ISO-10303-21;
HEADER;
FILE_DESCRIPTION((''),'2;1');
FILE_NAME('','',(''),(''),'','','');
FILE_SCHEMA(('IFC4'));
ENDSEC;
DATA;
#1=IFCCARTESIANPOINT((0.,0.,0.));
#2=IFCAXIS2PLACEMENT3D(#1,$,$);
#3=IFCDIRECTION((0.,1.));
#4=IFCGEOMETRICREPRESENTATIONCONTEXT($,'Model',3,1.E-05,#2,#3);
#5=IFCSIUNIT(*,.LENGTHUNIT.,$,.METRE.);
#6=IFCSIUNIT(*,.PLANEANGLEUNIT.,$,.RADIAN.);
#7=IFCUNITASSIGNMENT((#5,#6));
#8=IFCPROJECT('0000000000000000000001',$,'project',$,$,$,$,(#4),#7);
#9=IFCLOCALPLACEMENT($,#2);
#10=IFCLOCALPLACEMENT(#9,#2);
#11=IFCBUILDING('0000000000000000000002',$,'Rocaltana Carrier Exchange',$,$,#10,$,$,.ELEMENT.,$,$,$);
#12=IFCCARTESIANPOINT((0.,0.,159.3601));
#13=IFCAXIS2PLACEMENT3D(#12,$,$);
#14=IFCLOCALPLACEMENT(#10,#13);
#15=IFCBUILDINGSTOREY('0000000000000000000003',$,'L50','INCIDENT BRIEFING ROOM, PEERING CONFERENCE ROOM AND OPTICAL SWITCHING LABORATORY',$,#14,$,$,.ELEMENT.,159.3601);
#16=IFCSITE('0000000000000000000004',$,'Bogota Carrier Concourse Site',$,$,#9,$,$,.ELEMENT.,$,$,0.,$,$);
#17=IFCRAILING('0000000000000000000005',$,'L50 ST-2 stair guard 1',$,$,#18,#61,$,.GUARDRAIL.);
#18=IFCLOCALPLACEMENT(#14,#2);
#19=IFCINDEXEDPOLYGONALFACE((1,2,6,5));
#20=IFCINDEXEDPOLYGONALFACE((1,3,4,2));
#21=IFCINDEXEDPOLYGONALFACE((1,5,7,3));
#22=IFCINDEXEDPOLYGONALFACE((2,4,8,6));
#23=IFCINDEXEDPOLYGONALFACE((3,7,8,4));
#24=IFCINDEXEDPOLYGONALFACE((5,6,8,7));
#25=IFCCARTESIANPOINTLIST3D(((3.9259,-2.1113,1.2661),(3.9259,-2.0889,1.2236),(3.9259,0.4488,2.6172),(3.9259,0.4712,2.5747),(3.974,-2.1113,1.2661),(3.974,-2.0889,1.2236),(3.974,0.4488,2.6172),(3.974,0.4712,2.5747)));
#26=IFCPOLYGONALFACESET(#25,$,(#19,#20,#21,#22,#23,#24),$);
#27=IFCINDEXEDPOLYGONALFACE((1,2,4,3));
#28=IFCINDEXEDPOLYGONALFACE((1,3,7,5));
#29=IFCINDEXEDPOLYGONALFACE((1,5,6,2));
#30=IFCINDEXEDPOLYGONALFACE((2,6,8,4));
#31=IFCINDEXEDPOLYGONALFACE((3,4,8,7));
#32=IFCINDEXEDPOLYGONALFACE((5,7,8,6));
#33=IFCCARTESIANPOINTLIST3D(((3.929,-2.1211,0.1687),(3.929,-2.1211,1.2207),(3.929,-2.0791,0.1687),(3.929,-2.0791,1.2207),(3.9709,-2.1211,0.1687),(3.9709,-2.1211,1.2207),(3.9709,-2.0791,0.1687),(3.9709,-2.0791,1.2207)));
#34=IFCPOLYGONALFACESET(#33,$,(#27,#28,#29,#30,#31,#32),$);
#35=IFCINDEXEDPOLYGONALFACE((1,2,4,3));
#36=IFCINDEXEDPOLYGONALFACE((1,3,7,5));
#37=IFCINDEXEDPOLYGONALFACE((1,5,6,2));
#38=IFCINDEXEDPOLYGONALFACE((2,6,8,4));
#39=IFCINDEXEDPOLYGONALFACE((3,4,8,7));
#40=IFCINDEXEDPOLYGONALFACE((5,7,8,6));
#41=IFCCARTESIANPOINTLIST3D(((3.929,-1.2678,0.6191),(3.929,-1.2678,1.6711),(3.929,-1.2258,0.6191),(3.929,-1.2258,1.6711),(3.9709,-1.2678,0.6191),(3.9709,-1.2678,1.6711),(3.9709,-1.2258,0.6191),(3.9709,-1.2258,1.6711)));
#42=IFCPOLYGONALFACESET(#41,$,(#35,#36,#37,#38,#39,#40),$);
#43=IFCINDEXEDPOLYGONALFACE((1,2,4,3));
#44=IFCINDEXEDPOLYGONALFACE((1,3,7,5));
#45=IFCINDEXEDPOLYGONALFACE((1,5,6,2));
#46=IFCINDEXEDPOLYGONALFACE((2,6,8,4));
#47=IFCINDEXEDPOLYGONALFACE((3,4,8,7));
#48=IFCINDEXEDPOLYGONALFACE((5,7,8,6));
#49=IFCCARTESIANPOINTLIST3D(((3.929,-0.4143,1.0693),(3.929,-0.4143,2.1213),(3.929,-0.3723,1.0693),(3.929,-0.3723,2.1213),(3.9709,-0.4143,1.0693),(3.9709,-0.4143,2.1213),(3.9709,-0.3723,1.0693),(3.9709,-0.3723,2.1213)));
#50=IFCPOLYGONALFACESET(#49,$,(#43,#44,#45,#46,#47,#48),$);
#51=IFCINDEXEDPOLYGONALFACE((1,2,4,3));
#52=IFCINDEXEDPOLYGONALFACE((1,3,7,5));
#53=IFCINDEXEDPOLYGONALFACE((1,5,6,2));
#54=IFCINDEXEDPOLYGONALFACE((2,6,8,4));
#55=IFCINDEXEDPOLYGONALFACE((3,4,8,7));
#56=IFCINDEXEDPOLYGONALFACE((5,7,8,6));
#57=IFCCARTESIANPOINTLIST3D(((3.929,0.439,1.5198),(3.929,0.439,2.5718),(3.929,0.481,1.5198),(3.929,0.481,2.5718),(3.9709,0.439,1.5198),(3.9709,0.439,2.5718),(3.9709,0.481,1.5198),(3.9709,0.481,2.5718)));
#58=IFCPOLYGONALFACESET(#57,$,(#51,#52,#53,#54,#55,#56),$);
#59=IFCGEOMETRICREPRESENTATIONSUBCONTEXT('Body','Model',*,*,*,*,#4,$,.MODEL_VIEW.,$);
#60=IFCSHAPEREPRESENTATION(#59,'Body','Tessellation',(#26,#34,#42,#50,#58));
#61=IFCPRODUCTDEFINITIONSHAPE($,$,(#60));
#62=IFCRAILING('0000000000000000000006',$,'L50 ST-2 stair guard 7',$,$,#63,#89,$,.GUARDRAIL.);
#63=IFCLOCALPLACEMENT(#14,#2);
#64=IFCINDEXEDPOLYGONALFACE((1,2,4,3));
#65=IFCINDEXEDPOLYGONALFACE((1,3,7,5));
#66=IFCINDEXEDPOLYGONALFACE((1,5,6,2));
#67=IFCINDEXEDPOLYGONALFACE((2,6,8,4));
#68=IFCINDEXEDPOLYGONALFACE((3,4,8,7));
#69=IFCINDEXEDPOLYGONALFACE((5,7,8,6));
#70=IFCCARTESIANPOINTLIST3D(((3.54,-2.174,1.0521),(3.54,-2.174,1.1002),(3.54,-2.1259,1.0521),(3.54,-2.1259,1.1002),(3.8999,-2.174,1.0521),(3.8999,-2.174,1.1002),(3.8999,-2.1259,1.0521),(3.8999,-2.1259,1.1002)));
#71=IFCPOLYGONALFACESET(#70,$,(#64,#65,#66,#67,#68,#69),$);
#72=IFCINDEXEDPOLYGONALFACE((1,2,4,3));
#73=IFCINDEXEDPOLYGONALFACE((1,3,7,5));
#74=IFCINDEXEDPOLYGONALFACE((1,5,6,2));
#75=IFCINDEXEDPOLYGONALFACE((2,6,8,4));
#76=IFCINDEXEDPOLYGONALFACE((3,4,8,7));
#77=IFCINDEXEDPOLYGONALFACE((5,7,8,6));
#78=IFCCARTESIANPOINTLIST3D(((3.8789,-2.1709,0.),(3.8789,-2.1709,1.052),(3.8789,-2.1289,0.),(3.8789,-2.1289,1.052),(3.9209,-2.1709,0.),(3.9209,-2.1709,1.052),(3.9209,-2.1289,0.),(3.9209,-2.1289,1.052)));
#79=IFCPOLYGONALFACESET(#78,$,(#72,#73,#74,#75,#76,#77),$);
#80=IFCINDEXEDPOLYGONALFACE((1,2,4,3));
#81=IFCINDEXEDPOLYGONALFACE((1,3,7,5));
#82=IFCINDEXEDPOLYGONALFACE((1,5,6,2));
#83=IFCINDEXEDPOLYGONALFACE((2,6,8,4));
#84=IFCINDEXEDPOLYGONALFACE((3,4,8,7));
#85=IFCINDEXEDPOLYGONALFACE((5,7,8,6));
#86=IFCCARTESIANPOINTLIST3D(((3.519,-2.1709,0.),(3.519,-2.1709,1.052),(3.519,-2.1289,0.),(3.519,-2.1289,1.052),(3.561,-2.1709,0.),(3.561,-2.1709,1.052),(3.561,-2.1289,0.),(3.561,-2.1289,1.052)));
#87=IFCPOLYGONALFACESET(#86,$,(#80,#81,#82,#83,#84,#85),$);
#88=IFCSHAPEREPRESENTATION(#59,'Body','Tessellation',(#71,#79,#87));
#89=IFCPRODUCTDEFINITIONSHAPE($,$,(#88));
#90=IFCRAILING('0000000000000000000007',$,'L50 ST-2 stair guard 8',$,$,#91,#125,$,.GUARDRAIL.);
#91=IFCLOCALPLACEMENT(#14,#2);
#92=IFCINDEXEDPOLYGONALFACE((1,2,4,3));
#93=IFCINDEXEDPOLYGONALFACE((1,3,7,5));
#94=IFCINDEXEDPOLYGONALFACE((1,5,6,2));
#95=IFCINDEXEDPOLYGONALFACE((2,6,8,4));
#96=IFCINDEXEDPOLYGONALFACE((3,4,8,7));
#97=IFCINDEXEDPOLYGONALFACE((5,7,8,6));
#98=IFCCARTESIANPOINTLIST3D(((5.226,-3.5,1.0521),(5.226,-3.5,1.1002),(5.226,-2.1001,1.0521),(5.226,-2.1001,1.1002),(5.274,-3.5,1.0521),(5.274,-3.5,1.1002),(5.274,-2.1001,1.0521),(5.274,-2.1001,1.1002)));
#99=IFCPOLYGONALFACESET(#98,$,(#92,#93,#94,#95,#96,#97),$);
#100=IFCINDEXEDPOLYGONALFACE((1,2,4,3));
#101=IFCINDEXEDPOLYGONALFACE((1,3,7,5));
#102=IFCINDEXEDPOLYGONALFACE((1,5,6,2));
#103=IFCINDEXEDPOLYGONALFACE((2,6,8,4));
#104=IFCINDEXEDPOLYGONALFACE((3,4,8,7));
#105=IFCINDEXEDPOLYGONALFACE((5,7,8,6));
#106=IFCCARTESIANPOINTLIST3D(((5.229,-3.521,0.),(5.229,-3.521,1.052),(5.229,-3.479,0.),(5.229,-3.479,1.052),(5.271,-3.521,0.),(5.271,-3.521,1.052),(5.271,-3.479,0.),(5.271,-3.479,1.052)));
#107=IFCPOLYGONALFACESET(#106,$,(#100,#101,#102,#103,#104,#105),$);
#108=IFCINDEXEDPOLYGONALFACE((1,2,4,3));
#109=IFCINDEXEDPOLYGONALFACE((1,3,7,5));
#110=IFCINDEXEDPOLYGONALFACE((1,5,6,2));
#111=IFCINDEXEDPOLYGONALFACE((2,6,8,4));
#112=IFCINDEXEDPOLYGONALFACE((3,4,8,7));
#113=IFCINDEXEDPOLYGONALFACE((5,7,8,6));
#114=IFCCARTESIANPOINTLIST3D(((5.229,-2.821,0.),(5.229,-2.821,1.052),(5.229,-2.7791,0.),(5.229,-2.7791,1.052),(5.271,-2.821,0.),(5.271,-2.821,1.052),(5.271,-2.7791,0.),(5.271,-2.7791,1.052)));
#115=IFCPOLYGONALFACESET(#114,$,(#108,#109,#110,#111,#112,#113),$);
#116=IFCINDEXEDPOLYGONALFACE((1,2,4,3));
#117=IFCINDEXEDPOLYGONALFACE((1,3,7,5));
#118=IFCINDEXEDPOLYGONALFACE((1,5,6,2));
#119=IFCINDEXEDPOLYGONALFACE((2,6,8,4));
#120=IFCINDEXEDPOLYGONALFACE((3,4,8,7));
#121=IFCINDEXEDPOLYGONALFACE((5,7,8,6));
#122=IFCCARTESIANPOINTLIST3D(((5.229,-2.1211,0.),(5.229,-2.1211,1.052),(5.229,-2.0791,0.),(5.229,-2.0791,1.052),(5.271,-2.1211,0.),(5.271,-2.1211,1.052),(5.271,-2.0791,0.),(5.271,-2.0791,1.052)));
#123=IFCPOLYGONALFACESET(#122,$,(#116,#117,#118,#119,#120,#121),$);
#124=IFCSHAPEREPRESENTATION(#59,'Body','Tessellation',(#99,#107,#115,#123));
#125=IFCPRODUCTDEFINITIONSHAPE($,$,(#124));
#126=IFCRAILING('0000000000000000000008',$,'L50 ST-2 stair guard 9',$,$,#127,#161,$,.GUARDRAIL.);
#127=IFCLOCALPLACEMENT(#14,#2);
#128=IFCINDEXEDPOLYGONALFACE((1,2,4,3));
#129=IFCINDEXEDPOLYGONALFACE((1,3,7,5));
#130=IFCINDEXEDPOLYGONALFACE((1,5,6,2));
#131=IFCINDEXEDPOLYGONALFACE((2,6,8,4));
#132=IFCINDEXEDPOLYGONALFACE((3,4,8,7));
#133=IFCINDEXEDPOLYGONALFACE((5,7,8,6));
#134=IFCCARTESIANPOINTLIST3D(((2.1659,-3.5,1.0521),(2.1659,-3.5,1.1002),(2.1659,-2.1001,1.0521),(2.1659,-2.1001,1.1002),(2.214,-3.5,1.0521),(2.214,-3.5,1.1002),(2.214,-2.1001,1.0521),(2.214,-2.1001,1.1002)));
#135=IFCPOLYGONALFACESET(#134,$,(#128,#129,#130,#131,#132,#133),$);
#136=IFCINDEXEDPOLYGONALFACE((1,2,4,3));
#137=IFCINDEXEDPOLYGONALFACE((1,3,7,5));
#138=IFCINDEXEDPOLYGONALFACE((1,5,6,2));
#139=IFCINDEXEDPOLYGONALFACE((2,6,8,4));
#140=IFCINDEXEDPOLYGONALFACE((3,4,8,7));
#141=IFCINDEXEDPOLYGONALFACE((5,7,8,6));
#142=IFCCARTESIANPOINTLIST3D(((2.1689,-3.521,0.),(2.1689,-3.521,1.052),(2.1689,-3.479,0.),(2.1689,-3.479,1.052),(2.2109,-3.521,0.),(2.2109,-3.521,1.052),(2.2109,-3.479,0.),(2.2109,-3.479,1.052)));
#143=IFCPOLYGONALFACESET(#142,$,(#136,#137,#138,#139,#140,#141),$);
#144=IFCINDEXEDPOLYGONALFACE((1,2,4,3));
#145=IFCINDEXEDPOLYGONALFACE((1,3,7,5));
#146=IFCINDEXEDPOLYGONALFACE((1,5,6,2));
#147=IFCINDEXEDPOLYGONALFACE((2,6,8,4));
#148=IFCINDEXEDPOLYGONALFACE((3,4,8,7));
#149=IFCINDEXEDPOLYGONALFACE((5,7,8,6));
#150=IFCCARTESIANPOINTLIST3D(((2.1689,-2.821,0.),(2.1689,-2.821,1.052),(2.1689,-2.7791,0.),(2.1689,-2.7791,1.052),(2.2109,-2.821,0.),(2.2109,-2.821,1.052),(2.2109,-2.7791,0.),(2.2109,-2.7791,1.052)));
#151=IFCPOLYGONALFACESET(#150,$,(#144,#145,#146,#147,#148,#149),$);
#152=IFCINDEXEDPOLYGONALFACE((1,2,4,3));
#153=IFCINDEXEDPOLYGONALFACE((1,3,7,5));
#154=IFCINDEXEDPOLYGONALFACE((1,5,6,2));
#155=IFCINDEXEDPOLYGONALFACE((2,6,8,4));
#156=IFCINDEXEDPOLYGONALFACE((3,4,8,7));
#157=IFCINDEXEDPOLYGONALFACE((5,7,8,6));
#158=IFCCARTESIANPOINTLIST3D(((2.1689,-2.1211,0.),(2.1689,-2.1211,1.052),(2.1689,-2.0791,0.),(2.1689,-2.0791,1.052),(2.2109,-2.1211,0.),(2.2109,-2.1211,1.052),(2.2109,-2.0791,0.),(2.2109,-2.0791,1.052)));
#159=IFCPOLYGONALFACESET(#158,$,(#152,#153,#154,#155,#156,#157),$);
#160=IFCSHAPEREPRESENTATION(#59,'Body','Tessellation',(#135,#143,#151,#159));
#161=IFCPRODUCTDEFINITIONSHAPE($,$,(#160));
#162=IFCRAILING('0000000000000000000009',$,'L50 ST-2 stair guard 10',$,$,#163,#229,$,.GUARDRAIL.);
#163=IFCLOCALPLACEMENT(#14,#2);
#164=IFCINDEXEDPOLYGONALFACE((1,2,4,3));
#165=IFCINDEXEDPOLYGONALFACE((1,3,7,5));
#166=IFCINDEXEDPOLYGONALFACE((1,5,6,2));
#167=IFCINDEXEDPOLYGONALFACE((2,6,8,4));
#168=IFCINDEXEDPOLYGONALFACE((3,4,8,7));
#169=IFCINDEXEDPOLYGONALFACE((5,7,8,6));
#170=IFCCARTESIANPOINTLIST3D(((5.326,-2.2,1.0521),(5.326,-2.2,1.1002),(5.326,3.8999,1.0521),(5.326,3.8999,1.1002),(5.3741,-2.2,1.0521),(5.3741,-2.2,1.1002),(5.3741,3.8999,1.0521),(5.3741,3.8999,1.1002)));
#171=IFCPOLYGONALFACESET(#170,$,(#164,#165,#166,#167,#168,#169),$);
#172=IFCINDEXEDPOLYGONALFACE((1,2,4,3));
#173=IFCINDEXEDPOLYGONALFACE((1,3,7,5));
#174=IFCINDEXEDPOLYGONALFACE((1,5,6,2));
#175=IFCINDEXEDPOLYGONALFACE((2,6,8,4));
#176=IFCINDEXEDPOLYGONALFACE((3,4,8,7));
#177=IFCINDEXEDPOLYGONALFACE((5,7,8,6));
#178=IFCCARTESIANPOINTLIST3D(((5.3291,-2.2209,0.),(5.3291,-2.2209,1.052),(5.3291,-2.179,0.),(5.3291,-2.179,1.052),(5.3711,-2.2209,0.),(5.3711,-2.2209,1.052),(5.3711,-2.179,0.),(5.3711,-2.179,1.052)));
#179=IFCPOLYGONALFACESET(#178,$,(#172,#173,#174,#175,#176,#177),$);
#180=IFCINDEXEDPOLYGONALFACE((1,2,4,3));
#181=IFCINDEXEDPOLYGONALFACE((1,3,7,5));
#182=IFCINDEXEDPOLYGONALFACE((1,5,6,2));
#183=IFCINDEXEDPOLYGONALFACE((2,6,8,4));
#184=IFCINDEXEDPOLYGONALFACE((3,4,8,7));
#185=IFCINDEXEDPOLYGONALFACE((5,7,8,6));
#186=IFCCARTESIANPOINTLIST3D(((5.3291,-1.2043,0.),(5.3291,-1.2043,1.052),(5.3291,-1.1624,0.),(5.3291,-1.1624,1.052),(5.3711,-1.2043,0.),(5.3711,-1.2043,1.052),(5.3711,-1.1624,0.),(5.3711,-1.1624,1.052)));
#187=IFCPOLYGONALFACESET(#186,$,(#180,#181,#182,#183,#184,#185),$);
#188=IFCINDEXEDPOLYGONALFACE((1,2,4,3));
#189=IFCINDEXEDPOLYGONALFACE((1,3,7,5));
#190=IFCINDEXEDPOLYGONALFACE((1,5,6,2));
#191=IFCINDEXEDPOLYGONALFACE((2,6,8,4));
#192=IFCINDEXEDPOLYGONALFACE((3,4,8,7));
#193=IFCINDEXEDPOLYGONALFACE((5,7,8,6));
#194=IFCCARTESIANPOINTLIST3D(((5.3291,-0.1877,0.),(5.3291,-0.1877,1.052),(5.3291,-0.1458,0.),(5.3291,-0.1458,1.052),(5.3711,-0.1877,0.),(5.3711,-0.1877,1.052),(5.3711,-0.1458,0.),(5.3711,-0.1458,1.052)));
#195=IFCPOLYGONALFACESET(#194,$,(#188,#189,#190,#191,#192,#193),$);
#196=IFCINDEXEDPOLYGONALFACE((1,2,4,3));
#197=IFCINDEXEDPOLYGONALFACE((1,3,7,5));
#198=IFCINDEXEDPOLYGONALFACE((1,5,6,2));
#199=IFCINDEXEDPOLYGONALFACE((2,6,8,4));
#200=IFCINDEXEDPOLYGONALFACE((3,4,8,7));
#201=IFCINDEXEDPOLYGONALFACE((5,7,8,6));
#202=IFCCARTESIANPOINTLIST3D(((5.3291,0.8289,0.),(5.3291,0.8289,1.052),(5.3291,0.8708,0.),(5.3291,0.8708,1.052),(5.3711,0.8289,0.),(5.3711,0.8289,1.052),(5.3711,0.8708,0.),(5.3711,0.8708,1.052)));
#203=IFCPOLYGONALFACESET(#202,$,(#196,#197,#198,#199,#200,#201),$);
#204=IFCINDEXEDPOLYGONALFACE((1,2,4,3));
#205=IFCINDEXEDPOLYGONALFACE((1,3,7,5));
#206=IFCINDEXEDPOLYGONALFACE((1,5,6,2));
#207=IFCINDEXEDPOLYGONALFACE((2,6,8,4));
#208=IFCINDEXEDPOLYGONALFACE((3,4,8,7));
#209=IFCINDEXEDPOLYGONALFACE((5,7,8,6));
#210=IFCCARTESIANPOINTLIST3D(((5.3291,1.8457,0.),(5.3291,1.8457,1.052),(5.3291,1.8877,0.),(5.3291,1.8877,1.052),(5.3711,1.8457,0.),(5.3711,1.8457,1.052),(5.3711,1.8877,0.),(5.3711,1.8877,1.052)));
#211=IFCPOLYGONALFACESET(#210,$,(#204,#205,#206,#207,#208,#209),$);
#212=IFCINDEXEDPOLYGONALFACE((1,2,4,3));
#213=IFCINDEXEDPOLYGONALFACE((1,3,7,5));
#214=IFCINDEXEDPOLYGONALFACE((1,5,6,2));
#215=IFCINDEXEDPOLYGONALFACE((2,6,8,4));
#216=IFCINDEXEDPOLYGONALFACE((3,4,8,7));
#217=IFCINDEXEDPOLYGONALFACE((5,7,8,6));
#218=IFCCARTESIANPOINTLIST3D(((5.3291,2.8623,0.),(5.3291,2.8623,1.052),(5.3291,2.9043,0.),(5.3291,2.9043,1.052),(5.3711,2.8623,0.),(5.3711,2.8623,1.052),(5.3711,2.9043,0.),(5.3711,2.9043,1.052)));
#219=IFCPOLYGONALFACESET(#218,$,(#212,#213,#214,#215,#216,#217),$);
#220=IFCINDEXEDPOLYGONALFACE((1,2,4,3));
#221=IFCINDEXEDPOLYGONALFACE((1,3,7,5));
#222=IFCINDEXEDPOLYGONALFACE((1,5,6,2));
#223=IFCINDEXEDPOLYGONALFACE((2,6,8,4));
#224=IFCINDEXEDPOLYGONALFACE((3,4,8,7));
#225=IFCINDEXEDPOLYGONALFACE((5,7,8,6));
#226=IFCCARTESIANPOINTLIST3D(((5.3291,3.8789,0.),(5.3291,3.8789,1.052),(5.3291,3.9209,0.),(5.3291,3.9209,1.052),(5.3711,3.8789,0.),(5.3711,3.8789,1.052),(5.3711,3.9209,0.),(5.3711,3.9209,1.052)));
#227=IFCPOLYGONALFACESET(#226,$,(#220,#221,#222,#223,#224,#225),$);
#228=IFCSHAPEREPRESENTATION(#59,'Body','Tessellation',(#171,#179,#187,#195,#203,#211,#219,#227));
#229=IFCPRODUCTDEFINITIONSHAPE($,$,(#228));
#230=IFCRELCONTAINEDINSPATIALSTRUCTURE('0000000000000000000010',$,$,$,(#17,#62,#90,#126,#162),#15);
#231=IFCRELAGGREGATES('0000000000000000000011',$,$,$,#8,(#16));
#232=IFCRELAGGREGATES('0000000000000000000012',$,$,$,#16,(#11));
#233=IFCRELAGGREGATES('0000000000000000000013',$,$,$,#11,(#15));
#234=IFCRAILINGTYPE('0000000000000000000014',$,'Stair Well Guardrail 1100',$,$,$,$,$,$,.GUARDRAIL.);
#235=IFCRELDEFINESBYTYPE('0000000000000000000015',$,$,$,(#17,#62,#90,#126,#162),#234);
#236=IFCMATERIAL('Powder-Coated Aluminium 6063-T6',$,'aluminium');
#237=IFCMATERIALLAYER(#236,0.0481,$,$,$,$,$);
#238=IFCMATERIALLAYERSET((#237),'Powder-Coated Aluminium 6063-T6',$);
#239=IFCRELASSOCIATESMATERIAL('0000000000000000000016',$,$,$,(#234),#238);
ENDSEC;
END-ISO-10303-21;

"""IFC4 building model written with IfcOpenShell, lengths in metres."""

from ifc_helpers import new_model, si_unit, direction, frame, origin, origin_2d, place, context, subcontext, project, spatial, rectangle, extrude, material, layer, layer_set, type_object, element, save


model = new_model("IFC4")

# Units and contexts
model_context = context("Model", 3, precision=1e-05, world=origin(), true_north=direction((0.0, 1.0)))
body_context = subcontext(model_context, "Body", "Model", "MODEL_VIEW")
ifc_project = project(units=[si_unit("LENGTHUNIT", "METRE"), si_unit("PLANEANGLEUNIT", "RADIAN")], contexts=[model_context])

# Site, building, storey
site_placement = place(None, origin())
site = spatial("IfcSite", under=ifc_project, at=site_placement, Name="Bogota Carrier Concourse Site", CompositionType="ELEMENT", RefElevation=0.0)
building_placement = place(site_placement, origin())
building = spatial("IfcBuilding", under=site, at=building_placement, Name="Rocaltana Carrier Exchange", CompositionType="ELEMENT")
storey_placement = place(building_placement, frame((0.0, 0.0, 159.3601)))
storey = spatial("IfcBuildingStorey", under=building, at=storey_placement, Name="L50", Description="INCIDENT BRIEFING ROOM, PEERING CONFERENCE ROOM AND OPTICAL SWITCHING LABORATORY", CompositionType="ELEMENT", Elevation=159.3601)

# Railings
ifc_material_1 = material(Name="Powder-Coated Aluminium 6063-T6", Category="aluminium")
ifc_layer_1 = layer(ifc_material_1, 0.0481)
ifc_layer_set_1 = layer_set([ifc_layer_1], Name="Powder-Coated Aluminium 6063-T6")
railing_type_1 = type_object("IfcRailingType", Name="Stair Well Guardrail 1100", PredefinedType="GUARDRAIL", material=ifc_layer_set_1)
railing_1_placement = place(storey_placement, frame((3.95, -2.1001, 0.1687)))
element("IfcRailing", 1, at=railing_1_placement, inside=storey, type_object=railing_type_1, Name="L50 ST-2 stair guard 1", PredefinedType="GUARDRAIL", context=body_context, shape_type="SweptSolid", body=[
    extrude(rectangle(XDim=0.0481, YDim=0.0481, at=origin_2d()), frame((0.0, 0.0, 1.0762), z_axis=(0.0, 0.884394, 0.46674), x_axis=(-1.0, 0.0, 0.0)), (0.0, 0.0, 1.0), 2.8948),
    extrude(rectangle(XDim=0.042, YDim=0.042, at=origin_2d()), origin(), (0.0, 0.0, 1.0), 1.052),
    extrude(rectangle(XDim=0.042, YDim=0.042, at=origin_2d()), frame((0.0, 0.8533, 0.4504)), (0.0, 0.0, 1.0), 1.052),
    extrude(rectangle(XDim=0.042, YDim=0.042, at=origin_2d()), frame((0.0, 1.7068, 0.9006)), (0.0, 0.0, 1.0), 1.052),
    extrude(rectangle(XDim=0.042, YDim=0.042, at=origin_2d()), frame((0.0, 2.5601, 1.3511)), (0.0, 0.0, 1.0), 1.052),
])
railing_2_placement = place(storey_placement, frame((3.8999, -2.1499, 0.0)))
element("IfcRailing", 2, at=railing_2_placement, inside=storey, type_object=railing_type_1, Name="L50 ST-2 stair guard 7", PredefinedType="GUARDRAIL", context=body_context, shape_type="SweptSolid", body=[
    extrude(rectangle(XDim=0.0481, YDim=0.0481, at=origin_2d()), frame((0.0, 0.0, 1.0762), z_axis=(-1.0, 0.0, 0.0), x_axis=(0.0, -1.0, 0.0)), (0.0, 0.0, 1.0), 0.3599),
    extrude(rectangle(XDim=0.042, YDim=0.042, at=origin_2d()), origin(), (0.0, 0.0, 1.0), 1.052),
    extrude(rectangle(XDim=0.042, YDim=0.042, at=origin_2d()), frame((-0.3599, 0.0, 0.0)), (0.0, 0.0, 1.0), 1.052),
])
for number, where, name in (
    (3, (5.25, -3.5, 0.0), "L50 ST-2 stair guard 8"),
    (4, (2.1899, -3.5, 0.0), "L50 ST-2 stair guard 9"),
):
    element("IfcRailing", number, at=place(storey_placement, frame(where)), inside=storey, type_object=railing_type_1, Name=name, PredefinedType="GUARDRAIL", context=body_context, shape_type="SweptSolid", body=[
        extrude(rectangle(XDim=0.0481, YDim=0.0481, at=origin_2d()), frame((0.0, 0.0, 1.0762), z_axis=(0.0, 1.0, 0.0), x_axis=(-1.0, 0.0, 0.0)), (0.0, 0.0, 1.0), 1.3999),
        extrude(rectangle(XDim=0.042, YDim=0.042, at=origin_2d()), origin(), (0.0, 0.0, 1.0), 1.052),
        extrude(rectangle(XDim=0.042, YDim=0.042, at=origin_2d()), frame((0.0, 0.7, 0.0)), (0.0, 0.0, 1.0), 1.052),
        extrude(rectangle(XDim=0.042, YDim=0.042, at=origin_2d()), frame((0.0, 1.3999, 0.0)), (0.0, 0.0, 1.0), 1.052),
    ])
for number, where, name in (
    (5, (5.3501, -2.2, 0.0), "L50 ST-2 stair guard 10"),
):
    element("IfcRailing", number, at=place(storey_placement, frame(where)), inside=storey, type_object=railing_type_1, Name=name, PredefinedType="GUARDRAIL", context=body_context, shape_type="SweptSolid", body=[
        extrude(rectangle(XDim=0.0481, YDim=0.0481, at=origin_2d()), frame((0.0, 0.0, 1.0762), z_axis=(0.0, 1.0, 0.0), x_axis=(-1.0, 0.0, 0.0)), (0.0, 0.0, 1.0), 6.0999),
        extrude(rectangle(XDim=0.042, YDim=0.042, at=origin_2d()), origin(), (0.0, 0.0, 1.0), 1.052),
        extrude(rectangle(XDim=0.042, YDim=0.042, at=origin_2d()), frame((0.0, 1.0166, 0.0)), (0.0, 0.0, 1.0), 1.052),
        extrude(rectangle(XDim=0.042, YDim=0.042, at=origin_2d()), frame((0.0, 2.0332, 0.0)), (0.0, 0.0, 1.0), 1.052),
        extrude(rectangle(XDim=0.042, YDim=0.042, at=origin_2d()), frame((0.0, 3.0498, 0.0)), (0.0, 0.0, 1.0), 1.052),
        extrude(rectangle(XDim=0.042, YDim=0.042, at=origin_2d()), frame((0.0, 4.0667, 0.0)), (0.0, 0.0, 1.0), 1.052),
        extrude(rectangle(XDim=0.042, YDim=0.042, at=origin_2d()), frame((0.0, 5.0833, 0.0)), (0.0, 0.0, 1.0), 1.052),
        extrude(rectangle(XDim=0.042, YDim=0.042, at=origin_2d()), frame((0.0, 6.0999, 0.0)), (0.0, 0.0, 1.0), 1.052),
    ])

save(model, "model.ifc")
